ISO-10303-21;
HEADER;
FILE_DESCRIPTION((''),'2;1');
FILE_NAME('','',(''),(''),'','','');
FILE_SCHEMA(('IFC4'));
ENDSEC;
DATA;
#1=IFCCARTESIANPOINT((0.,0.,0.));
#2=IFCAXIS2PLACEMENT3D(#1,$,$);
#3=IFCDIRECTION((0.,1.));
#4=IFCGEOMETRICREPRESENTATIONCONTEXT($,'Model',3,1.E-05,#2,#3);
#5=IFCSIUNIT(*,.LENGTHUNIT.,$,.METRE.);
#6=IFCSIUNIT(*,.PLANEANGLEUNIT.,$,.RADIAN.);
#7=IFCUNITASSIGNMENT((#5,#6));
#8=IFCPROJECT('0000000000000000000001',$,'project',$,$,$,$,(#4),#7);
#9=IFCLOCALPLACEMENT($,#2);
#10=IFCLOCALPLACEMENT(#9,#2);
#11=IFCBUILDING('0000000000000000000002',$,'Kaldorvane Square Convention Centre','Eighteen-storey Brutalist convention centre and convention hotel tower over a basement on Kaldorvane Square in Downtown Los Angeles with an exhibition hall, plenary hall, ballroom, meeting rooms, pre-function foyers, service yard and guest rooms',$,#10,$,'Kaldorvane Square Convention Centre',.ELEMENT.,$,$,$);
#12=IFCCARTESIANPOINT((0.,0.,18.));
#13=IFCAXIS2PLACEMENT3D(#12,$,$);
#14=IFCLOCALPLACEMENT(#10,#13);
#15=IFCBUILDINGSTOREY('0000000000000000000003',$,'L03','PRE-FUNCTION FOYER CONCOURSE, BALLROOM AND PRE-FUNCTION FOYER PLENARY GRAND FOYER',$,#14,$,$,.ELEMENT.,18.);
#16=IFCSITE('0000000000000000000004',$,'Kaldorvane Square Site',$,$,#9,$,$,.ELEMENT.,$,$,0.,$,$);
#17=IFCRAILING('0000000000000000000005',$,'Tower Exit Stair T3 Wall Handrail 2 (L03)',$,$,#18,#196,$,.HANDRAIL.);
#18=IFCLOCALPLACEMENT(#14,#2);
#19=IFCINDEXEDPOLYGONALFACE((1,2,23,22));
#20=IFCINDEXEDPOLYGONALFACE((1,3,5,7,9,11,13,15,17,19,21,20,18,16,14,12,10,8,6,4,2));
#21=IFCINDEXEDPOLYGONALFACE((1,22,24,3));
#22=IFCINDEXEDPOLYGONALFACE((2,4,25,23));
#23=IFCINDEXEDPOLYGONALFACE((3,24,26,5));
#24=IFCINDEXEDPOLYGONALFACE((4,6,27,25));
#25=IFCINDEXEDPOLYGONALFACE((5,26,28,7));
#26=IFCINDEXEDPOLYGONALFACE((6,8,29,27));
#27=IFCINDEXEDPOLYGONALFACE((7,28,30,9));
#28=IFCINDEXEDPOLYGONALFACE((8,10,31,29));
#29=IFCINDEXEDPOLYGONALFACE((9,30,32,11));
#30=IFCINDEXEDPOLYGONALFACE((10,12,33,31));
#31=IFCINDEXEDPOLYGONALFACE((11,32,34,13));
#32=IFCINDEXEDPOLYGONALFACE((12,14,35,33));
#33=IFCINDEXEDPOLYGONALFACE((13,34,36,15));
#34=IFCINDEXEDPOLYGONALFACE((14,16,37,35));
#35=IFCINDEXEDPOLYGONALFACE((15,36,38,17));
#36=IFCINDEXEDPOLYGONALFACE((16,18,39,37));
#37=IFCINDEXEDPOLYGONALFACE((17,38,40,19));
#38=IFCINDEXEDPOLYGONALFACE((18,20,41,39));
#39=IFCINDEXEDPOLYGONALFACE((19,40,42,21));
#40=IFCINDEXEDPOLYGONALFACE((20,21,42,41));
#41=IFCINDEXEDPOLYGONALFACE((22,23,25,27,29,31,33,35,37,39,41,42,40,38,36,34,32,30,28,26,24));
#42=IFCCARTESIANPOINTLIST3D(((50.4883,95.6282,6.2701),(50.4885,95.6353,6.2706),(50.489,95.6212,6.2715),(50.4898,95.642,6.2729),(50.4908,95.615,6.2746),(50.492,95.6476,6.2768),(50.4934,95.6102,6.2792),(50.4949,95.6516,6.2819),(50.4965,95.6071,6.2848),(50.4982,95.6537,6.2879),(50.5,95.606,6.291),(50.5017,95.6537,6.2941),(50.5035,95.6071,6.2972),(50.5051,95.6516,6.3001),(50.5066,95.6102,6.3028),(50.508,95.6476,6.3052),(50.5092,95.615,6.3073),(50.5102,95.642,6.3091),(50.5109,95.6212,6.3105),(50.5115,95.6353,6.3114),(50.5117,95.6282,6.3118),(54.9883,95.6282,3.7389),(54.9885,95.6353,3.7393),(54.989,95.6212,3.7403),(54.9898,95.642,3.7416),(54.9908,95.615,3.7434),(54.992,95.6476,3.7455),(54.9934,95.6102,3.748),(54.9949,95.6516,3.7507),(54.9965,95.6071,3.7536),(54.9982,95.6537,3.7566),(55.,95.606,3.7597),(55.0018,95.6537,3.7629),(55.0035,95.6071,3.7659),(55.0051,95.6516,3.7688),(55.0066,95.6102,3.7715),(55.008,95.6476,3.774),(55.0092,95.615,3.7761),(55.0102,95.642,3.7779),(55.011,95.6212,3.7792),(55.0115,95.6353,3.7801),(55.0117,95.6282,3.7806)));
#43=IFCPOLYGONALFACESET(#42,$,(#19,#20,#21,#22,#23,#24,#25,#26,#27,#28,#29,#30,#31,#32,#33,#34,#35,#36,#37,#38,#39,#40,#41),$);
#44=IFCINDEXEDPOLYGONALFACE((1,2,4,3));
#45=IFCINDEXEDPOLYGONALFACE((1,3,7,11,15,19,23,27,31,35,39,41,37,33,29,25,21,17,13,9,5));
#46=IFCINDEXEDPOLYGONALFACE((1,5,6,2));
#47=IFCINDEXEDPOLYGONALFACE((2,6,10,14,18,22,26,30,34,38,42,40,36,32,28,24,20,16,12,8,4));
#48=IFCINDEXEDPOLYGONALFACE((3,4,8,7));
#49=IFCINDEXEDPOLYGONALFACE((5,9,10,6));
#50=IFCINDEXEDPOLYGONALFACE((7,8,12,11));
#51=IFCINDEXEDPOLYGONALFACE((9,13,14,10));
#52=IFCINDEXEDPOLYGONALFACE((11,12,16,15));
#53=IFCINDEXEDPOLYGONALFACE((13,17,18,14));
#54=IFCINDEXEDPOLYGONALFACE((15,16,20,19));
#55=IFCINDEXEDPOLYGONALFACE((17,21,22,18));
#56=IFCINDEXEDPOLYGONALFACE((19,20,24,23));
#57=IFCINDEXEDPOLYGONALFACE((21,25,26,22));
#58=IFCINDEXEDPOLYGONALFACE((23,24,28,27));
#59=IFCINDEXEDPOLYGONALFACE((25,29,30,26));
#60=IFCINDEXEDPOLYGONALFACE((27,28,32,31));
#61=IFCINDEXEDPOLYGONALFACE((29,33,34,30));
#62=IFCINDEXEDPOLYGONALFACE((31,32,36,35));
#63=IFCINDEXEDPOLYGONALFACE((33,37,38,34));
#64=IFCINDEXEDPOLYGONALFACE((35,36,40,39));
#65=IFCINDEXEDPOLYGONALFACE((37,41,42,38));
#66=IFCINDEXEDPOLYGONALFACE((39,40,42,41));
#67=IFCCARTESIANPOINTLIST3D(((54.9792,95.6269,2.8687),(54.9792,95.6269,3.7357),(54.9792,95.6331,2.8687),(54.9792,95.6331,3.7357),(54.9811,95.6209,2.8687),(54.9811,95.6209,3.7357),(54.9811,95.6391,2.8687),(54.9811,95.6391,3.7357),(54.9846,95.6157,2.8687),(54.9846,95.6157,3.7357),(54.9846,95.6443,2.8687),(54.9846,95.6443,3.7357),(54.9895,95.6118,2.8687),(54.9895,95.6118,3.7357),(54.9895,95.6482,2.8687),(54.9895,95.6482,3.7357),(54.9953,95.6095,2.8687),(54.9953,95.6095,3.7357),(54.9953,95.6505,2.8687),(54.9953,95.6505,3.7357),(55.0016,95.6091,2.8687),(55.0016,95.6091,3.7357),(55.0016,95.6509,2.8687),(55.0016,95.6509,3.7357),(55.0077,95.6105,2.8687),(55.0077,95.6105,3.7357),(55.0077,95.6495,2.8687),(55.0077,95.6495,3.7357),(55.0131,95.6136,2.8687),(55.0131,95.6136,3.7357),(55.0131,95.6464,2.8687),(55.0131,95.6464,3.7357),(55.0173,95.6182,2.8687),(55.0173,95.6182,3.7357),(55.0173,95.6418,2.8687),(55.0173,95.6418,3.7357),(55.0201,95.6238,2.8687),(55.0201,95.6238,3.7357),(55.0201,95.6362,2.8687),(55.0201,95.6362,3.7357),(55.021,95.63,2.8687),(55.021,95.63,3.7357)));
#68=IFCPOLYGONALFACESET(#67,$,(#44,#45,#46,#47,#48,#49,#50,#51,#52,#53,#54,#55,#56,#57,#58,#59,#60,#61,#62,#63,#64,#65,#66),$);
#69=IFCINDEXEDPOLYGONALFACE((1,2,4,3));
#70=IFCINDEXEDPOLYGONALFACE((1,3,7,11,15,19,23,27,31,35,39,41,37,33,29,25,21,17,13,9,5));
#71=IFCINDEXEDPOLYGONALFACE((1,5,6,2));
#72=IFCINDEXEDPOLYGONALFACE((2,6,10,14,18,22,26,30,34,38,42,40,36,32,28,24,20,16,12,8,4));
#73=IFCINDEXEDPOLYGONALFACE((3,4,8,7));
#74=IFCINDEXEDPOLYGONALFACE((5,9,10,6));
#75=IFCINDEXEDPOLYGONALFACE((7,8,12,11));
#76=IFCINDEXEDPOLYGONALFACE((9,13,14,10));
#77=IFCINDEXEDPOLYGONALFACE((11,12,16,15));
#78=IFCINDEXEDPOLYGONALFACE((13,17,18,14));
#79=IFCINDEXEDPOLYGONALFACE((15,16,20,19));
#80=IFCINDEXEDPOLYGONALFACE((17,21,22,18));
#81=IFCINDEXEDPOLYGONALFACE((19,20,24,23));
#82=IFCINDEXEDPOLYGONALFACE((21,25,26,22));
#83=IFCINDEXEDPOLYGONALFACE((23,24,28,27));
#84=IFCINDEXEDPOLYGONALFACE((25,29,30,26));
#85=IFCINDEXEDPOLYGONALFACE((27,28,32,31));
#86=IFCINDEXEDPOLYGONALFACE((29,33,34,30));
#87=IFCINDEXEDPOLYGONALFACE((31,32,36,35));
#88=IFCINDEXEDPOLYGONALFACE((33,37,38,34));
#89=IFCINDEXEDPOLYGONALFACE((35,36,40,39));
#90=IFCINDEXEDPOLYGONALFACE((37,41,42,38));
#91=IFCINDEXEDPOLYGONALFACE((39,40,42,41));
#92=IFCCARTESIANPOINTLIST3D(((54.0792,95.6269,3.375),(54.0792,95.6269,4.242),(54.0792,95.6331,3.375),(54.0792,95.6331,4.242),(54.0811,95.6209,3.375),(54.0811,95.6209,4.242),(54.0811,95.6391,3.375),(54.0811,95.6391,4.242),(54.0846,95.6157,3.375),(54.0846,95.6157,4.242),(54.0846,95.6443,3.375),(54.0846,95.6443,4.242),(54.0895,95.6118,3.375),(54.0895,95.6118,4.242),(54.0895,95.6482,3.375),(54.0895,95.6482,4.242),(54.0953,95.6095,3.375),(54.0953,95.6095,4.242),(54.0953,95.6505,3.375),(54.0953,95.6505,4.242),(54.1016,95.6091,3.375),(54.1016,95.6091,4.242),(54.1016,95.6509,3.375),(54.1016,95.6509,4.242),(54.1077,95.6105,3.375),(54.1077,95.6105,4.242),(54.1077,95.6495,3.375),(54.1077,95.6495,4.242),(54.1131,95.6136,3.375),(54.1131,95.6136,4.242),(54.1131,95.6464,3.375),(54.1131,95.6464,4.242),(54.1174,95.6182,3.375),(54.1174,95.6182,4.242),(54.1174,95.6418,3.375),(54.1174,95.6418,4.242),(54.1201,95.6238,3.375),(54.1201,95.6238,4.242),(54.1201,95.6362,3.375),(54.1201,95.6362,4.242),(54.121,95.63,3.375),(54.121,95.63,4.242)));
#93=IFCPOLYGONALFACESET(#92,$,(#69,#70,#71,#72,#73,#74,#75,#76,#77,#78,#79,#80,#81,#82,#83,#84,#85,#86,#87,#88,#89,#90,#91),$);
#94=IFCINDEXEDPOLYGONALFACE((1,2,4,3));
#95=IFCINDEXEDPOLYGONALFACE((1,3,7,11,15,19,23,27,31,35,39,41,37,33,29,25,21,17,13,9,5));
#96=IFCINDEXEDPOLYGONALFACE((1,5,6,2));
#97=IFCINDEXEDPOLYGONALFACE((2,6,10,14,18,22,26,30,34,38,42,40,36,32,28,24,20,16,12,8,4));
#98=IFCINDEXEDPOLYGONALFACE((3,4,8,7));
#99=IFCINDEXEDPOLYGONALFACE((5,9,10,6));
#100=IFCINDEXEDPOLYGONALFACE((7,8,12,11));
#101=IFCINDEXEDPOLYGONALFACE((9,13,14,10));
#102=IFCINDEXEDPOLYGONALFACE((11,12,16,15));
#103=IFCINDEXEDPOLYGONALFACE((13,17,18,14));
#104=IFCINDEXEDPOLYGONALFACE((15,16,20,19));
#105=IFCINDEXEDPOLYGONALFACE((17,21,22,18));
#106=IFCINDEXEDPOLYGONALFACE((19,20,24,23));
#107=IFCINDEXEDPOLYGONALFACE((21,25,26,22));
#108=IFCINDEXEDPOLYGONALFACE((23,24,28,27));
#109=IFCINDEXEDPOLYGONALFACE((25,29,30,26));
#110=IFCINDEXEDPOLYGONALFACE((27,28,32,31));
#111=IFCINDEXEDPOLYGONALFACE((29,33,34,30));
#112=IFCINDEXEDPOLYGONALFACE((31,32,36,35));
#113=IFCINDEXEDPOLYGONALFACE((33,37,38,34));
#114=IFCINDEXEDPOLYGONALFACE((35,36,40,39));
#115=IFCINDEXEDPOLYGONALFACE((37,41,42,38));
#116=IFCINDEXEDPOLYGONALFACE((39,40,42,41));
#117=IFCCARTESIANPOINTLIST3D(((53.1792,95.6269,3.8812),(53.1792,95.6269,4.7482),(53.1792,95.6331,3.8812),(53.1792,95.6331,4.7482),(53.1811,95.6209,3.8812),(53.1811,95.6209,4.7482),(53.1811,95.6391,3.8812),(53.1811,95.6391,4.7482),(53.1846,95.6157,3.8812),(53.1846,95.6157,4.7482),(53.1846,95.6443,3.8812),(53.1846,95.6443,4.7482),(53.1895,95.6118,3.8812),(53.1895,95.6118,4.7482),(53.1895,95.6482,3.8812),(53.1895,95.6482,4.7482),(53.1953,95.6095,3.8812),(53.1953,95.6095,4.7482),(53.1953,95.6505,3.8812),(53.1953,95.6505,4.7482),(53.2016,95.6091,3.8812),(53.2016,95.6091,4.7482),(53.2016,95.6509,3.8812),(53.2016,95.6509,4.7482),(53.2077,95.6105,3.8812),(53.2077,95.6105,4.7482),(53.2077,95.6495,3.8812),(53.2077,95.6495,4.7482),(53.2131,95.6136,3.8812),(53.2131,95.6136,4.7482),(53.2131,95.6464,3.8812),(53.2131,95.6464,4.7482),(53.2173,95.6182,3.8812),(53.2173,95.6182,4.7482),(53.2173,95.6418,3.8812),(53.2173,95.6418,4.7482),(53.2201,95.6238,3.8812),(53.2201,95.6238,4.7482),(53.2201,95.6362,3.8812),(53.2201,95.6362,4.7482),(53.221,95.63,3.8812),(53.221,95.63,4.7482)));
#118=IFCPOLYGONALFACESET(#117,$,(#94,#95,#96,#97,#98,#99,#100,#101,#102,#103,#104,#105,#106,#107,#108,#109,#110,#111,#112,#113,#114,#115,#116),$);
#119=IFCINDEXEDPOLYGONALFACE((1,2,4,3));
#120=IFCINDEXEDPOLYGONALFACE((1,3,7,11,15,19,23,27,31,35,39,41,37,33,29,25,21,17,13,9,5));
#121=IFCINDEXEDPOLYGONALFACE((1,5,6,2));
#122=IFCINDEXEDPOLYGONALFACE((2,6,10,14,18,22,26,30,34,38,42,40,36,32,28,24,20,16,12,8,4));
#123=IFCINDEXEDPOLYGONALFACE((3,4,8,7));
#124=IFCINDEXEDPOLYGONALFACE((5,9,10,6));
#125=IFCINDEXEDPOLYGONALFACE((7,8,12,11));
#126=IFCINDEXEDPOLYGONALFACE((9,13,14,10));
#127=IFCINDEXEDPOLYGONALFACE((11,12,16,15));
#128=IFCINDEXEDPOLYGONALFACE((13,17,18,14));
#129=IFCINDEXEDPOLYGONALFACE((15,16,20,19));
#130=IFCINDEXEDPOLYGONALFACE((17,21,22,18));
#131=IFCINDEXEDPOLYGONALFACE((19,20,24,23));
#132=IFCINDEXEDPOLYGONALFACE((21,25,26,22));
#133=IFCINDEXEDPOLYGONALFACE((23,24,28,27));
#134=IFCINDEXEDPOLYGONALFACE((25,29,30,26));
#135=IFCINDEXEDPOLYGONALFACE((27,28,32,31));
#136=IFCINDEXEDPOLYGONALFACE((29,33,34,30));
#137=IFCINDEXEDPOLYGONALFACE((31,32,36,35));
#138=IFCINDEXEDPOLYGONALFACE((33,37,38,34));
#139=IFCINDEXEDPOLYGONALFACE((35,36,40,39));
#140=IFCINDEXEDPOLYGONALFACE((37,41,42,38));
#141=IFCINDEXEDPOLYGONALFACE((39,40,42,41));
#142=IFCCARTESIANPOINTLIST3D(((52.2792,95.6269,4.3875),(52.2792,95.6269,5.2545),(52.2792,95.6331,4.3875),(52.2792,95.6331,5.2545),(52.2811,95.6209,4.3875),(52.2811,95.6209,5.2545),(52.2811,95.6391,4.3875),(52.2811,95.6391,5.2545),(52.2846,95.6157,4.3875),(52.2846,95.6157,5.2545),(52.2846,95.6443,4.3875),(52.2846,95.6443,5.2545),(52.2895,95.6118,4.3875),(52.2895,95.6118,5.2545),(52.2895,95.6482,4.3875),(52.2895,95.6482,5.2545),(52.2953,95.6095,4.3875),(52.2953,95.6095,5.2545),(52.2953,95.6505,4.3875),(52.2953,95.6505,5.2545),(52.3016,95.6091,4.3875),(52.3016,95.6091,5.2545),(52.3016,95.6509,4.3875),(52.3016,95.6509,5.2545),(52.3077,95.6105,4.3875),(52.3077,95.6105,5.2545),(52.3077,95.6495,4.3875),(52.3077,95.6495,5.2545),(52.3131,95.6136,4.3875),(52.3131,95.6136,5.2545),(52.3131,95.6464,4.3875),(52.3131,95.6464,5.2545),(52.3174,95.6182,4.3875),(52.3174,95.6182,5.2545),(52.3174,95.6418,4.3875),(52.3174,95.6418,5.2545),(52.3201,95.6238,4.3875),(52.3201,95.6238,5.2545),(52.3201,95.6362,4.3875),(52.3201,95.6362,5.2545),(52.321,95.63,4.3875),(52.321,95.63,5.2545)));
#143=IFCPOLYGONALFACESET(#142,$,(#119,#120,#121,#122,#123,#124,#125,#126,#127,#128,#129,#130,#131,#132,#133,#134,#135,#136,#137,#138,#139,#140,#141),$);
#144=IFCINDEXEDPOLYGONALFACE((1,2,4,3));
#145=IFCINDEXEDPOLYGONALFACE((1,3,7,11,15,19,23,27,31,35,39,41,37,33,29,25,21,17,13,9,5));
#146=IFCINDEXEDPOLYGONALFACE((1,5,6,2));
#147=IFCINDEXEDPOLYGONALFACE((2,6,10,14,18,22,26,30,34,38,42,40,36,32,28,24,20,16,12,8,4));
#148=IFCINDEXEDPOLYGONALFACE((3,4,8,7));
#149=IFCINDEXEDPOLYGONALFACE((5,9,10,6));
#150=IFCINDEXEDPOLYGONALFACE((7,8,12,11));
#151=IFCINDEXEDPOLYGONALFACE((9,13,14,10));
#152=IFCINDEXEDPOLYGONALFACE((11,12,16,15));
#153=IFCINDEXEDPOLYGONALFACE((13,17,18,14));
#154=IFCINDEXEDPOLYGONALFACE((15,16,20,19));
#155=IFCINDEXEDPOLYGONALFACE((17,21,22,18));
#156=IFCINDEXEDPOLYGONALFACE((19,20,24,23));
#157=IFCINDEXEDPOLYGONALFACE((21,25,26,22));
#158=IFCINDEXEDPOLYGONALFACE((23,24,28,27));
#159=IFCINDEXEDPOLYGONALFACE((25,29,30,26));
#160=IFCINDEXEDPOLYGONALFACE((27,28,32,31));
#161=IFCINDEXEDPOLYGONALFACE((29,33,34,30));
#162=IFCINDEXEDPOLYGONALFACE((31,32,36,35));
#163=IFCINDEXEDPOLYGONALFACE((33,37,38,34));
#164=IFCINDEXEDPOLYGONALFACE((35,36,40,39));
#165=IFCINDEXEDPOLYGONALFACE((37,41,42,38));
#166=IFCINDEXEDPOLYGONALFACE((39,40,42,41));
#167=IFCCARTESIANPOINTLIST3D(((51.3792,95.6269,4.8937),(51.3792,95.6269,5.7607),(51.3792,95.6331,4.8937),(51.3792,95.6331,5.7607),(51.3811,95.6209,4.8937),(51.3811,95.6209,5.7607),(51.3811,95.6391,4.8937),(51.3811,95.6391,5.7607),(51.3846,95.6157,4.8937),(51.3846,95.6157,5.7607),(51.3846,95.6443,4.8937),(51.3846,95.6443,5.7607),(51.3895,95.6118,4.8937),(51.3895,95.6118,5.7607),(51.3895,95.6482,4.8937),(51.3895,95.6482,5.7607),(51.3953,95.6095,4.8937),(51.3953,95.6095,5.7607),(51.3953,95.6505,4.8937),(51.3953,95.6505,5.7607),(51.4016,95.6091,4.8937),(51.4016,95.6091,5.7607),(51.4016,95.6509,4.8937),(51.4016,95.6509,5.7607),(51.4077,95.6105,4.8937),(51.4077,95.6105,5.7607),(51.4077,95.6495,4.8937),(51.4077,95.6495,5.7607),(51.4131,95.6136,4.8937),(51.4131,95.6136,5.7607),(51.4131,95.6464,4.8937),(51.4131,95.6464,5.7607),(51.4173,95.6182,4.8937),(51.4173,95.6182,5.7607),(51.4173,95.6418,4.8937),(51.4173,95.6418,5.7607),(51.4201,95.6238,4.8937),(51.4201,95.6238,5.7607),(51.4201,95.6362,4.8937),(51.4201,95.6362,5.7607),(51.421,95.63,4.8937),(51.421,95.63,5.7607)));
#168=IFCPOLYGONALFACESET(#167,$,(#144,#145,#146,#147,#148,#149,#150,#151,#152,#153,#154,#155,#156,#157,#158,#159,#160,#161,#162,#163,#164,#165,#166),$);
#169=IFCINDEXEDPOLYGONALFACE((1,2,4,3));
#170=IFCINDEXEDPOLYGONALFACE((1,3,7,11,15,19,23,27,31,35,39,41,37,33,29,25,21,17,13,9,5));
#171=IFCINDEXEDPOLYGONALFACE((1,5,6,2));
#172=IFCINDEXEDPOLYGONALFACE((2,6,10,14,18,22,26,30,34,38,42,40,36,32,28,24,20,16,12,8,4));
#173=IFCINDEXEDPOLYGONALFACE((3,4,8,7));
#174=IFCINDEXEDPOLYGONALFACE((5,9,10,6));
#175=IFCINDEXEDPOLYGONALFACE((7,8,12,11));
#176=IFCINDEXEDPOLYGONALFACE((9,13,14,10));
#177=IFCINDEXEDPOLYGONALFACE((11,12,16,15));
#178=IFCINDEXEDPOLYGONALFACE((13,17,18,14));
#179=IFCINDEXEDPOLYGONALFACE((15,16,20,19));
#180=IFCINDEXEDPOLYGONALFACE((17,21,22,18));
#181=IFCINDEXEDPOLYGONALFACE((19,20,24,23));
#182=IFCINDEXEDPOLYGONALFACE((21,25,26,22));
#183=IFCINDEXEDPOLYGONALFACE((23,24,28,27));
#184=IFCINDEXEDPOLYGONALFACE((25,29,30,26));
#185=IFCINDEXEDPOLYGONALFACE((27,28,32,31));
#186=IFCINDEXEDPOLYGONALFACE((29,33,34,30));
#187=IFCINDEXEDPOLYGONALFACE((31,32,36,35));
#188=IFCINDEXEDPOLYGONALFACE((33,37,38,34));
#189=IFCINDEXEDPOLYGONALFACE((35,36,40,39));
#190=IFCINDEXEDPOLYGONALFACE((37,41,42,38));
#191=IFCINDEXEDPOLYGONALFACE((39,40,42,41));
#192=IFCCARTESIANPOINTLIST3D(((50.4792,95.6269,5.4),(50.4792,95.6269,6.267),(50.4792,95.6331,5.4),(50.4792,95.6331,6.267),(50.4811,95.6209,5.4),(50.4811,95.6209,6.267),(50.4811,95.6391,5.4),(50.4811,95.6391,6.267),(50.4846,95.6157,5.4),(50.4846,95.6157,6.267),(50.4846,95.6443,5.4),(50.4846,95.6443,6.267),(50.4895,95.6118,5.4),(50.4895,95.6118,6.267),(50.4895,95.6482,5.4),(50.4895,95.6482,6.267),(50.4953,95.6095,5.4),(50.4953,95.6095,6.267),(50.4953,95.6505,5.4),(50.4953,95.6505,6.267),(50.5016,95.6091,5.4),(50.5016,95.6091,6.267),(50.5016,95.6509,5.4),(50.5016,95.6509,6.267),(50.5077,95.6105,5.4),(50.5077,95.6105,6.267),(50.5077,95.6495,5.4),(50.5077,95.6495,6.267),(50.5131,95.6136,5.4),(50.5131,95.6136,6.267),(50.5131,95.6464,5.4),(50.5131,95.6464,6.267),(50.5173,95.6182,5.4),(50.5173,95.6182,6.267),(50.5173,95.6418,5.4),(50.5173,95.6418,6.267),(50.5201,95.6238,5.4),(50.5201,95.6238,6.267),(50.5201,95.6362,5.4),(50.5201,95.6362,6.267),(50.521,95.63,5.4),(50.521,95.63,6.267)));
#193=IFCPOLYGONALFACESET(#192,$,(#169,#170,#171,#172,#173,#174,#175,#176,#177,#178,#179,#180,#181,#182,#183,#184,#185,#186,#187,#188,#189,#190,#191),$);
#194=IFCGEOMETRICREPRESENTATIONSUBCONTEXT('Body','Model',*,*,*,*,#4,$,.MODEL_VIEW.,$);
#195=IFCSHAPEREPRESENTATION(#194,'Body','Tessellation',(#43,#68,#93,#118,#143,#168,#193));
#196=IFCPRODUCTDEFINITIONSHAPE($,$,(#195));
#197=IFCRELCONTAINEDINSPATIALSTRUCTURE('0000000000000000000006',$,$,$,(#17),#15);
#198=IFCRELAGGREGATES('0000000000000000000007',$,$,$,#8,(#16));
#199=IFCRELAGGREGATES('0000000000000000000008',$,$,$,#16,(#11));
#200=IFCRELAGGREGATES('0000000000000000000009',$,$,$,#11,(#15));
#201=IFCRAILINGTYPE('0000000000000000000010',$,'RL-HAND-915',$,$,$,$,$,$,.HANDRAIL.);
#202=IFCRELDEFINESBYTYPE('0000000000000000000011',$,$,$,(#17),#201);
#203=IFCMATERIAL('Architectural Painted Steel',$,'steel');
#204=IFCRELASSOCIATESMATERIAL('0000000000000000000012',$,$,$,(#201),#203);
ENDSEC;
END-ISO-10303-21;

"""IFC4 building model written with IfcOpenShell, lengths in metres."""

from ifc_helpers import new_model, si_unit, direction, frame, origin, origin_2d, place, context, subcontext, project, spatial, circle, extrude, material, type_object, element, save


model = new_model("IFC4")

# Units and contexts
model_context = context("Model", 3, precision=1e-05, world=origin(), true_north=direction((0.0, 1.0)))
body_context = subcontext(model_context, "Body", "Model", "MODEL_VIEW")
ifc_project = project(units=[si_unit("LENGTHUNIT", "METRE"), si_unit("PLANEANGLEUNIT", "RADIAN")], contexts=[model_context])

# Site, building, storey
site_placement = place(None, origin())
site = spatial("IfcSite", under=ifc_project, at=site_placement, Name="Kaldorvane Square Site", CompositionType="ELEMENT", RefElevation=0.0)
building_placement = place(site_placement, origin())
building = spatial("IfcBuilding", under=site, at=building_placement, Name="Kaldorvane Square Convention Centre", Description="Eighteen-storey Brutalist convention centre and convention hotel tower over a basement on Kaldorvane Square in Downtown Los Angeles with an exhibition hall, plenary hall, ballroom, meeting rooms, pre-function foyers, service yard and guest rooms", LongName="Kaldorvane Square Convention Centre", CompositionType="ELEMENT")
storey_placement = place(building_placement, frame((0.0, 0.0, 18.0)))
storey = spatial("IfcBuildingStorey", under=building, at=storey_placement, Name="L03", Description="PRE-FUNCTION FOYER CONCOURSE, BALLROOM AND PRE-FUNCTION FOYER PLENARY GRAND FOYER", CompositionType="ELEMENT", Elevation=18.0)

# Railing
ifc_material_1 = material(Name="Architectural Painted Steel", Category="steel")
railing_type_1 = type_object("IfcRailingType", Name="RL-HAND-915", PredefinedType="HANDRAIL", material=ifc_material_1)
railing_1_placement = place(storey_placement, frame((55.0, 95.63, 2.8687)))
element("IfcRailing", 1, at=railing_1_placement, inside=storey, type_object=railing_type_1, Name="Tower Exit Stair T3 Wall Handrail 2 (L03)", PredefinedType="HANDRAIL", context=body_context, shape_type="SweptSolid", body=[
    extrude(circle(Radius=0.024, at=origin_2d()), frame((0.0, 0.0, 0.891), z_axis=(-0.871576, 0.0, 0.490261), x_axis=(0.0, -1.0, 0.0)), (0.0, 0.0, 1.0), 5.1631),
    extrude(circle(Radius=0.021, at=origin_2d()), origin(), (0.0, 0.0, 1.0), 0.867),
    extrude(circle(Radius=0.021, at=origin_2d()), frame((-0.9, 0.0, 0.5063)), (0.0, 0.0, 1.0), 0.867),
    extrude(circle(Radius=0.021, at=origin_2d()), frame((-1.8, 0.0, 1.0125)), (0.0, 0.0, 1.0), 0.867),
    extrude(circle(Radius=0.021, at=origin_2d()), frame((-2.7, 0.0, 1.5188)), (0.0, 0.0, 1.0), 0.867),
    extrude(circle(Radius=0.021, at=origin_2d()), frame((-3.6, 0.0, 2.025)), (0.0, 0.0, 1.0), 0.867),
    extrude(circle(Radius=0.021, at=origin_2d()), frame((-4.5, 0.0, 2.5312)), (0.0, 0.0, 1.0), 0.867),
])

save(model, "model.ifc")
